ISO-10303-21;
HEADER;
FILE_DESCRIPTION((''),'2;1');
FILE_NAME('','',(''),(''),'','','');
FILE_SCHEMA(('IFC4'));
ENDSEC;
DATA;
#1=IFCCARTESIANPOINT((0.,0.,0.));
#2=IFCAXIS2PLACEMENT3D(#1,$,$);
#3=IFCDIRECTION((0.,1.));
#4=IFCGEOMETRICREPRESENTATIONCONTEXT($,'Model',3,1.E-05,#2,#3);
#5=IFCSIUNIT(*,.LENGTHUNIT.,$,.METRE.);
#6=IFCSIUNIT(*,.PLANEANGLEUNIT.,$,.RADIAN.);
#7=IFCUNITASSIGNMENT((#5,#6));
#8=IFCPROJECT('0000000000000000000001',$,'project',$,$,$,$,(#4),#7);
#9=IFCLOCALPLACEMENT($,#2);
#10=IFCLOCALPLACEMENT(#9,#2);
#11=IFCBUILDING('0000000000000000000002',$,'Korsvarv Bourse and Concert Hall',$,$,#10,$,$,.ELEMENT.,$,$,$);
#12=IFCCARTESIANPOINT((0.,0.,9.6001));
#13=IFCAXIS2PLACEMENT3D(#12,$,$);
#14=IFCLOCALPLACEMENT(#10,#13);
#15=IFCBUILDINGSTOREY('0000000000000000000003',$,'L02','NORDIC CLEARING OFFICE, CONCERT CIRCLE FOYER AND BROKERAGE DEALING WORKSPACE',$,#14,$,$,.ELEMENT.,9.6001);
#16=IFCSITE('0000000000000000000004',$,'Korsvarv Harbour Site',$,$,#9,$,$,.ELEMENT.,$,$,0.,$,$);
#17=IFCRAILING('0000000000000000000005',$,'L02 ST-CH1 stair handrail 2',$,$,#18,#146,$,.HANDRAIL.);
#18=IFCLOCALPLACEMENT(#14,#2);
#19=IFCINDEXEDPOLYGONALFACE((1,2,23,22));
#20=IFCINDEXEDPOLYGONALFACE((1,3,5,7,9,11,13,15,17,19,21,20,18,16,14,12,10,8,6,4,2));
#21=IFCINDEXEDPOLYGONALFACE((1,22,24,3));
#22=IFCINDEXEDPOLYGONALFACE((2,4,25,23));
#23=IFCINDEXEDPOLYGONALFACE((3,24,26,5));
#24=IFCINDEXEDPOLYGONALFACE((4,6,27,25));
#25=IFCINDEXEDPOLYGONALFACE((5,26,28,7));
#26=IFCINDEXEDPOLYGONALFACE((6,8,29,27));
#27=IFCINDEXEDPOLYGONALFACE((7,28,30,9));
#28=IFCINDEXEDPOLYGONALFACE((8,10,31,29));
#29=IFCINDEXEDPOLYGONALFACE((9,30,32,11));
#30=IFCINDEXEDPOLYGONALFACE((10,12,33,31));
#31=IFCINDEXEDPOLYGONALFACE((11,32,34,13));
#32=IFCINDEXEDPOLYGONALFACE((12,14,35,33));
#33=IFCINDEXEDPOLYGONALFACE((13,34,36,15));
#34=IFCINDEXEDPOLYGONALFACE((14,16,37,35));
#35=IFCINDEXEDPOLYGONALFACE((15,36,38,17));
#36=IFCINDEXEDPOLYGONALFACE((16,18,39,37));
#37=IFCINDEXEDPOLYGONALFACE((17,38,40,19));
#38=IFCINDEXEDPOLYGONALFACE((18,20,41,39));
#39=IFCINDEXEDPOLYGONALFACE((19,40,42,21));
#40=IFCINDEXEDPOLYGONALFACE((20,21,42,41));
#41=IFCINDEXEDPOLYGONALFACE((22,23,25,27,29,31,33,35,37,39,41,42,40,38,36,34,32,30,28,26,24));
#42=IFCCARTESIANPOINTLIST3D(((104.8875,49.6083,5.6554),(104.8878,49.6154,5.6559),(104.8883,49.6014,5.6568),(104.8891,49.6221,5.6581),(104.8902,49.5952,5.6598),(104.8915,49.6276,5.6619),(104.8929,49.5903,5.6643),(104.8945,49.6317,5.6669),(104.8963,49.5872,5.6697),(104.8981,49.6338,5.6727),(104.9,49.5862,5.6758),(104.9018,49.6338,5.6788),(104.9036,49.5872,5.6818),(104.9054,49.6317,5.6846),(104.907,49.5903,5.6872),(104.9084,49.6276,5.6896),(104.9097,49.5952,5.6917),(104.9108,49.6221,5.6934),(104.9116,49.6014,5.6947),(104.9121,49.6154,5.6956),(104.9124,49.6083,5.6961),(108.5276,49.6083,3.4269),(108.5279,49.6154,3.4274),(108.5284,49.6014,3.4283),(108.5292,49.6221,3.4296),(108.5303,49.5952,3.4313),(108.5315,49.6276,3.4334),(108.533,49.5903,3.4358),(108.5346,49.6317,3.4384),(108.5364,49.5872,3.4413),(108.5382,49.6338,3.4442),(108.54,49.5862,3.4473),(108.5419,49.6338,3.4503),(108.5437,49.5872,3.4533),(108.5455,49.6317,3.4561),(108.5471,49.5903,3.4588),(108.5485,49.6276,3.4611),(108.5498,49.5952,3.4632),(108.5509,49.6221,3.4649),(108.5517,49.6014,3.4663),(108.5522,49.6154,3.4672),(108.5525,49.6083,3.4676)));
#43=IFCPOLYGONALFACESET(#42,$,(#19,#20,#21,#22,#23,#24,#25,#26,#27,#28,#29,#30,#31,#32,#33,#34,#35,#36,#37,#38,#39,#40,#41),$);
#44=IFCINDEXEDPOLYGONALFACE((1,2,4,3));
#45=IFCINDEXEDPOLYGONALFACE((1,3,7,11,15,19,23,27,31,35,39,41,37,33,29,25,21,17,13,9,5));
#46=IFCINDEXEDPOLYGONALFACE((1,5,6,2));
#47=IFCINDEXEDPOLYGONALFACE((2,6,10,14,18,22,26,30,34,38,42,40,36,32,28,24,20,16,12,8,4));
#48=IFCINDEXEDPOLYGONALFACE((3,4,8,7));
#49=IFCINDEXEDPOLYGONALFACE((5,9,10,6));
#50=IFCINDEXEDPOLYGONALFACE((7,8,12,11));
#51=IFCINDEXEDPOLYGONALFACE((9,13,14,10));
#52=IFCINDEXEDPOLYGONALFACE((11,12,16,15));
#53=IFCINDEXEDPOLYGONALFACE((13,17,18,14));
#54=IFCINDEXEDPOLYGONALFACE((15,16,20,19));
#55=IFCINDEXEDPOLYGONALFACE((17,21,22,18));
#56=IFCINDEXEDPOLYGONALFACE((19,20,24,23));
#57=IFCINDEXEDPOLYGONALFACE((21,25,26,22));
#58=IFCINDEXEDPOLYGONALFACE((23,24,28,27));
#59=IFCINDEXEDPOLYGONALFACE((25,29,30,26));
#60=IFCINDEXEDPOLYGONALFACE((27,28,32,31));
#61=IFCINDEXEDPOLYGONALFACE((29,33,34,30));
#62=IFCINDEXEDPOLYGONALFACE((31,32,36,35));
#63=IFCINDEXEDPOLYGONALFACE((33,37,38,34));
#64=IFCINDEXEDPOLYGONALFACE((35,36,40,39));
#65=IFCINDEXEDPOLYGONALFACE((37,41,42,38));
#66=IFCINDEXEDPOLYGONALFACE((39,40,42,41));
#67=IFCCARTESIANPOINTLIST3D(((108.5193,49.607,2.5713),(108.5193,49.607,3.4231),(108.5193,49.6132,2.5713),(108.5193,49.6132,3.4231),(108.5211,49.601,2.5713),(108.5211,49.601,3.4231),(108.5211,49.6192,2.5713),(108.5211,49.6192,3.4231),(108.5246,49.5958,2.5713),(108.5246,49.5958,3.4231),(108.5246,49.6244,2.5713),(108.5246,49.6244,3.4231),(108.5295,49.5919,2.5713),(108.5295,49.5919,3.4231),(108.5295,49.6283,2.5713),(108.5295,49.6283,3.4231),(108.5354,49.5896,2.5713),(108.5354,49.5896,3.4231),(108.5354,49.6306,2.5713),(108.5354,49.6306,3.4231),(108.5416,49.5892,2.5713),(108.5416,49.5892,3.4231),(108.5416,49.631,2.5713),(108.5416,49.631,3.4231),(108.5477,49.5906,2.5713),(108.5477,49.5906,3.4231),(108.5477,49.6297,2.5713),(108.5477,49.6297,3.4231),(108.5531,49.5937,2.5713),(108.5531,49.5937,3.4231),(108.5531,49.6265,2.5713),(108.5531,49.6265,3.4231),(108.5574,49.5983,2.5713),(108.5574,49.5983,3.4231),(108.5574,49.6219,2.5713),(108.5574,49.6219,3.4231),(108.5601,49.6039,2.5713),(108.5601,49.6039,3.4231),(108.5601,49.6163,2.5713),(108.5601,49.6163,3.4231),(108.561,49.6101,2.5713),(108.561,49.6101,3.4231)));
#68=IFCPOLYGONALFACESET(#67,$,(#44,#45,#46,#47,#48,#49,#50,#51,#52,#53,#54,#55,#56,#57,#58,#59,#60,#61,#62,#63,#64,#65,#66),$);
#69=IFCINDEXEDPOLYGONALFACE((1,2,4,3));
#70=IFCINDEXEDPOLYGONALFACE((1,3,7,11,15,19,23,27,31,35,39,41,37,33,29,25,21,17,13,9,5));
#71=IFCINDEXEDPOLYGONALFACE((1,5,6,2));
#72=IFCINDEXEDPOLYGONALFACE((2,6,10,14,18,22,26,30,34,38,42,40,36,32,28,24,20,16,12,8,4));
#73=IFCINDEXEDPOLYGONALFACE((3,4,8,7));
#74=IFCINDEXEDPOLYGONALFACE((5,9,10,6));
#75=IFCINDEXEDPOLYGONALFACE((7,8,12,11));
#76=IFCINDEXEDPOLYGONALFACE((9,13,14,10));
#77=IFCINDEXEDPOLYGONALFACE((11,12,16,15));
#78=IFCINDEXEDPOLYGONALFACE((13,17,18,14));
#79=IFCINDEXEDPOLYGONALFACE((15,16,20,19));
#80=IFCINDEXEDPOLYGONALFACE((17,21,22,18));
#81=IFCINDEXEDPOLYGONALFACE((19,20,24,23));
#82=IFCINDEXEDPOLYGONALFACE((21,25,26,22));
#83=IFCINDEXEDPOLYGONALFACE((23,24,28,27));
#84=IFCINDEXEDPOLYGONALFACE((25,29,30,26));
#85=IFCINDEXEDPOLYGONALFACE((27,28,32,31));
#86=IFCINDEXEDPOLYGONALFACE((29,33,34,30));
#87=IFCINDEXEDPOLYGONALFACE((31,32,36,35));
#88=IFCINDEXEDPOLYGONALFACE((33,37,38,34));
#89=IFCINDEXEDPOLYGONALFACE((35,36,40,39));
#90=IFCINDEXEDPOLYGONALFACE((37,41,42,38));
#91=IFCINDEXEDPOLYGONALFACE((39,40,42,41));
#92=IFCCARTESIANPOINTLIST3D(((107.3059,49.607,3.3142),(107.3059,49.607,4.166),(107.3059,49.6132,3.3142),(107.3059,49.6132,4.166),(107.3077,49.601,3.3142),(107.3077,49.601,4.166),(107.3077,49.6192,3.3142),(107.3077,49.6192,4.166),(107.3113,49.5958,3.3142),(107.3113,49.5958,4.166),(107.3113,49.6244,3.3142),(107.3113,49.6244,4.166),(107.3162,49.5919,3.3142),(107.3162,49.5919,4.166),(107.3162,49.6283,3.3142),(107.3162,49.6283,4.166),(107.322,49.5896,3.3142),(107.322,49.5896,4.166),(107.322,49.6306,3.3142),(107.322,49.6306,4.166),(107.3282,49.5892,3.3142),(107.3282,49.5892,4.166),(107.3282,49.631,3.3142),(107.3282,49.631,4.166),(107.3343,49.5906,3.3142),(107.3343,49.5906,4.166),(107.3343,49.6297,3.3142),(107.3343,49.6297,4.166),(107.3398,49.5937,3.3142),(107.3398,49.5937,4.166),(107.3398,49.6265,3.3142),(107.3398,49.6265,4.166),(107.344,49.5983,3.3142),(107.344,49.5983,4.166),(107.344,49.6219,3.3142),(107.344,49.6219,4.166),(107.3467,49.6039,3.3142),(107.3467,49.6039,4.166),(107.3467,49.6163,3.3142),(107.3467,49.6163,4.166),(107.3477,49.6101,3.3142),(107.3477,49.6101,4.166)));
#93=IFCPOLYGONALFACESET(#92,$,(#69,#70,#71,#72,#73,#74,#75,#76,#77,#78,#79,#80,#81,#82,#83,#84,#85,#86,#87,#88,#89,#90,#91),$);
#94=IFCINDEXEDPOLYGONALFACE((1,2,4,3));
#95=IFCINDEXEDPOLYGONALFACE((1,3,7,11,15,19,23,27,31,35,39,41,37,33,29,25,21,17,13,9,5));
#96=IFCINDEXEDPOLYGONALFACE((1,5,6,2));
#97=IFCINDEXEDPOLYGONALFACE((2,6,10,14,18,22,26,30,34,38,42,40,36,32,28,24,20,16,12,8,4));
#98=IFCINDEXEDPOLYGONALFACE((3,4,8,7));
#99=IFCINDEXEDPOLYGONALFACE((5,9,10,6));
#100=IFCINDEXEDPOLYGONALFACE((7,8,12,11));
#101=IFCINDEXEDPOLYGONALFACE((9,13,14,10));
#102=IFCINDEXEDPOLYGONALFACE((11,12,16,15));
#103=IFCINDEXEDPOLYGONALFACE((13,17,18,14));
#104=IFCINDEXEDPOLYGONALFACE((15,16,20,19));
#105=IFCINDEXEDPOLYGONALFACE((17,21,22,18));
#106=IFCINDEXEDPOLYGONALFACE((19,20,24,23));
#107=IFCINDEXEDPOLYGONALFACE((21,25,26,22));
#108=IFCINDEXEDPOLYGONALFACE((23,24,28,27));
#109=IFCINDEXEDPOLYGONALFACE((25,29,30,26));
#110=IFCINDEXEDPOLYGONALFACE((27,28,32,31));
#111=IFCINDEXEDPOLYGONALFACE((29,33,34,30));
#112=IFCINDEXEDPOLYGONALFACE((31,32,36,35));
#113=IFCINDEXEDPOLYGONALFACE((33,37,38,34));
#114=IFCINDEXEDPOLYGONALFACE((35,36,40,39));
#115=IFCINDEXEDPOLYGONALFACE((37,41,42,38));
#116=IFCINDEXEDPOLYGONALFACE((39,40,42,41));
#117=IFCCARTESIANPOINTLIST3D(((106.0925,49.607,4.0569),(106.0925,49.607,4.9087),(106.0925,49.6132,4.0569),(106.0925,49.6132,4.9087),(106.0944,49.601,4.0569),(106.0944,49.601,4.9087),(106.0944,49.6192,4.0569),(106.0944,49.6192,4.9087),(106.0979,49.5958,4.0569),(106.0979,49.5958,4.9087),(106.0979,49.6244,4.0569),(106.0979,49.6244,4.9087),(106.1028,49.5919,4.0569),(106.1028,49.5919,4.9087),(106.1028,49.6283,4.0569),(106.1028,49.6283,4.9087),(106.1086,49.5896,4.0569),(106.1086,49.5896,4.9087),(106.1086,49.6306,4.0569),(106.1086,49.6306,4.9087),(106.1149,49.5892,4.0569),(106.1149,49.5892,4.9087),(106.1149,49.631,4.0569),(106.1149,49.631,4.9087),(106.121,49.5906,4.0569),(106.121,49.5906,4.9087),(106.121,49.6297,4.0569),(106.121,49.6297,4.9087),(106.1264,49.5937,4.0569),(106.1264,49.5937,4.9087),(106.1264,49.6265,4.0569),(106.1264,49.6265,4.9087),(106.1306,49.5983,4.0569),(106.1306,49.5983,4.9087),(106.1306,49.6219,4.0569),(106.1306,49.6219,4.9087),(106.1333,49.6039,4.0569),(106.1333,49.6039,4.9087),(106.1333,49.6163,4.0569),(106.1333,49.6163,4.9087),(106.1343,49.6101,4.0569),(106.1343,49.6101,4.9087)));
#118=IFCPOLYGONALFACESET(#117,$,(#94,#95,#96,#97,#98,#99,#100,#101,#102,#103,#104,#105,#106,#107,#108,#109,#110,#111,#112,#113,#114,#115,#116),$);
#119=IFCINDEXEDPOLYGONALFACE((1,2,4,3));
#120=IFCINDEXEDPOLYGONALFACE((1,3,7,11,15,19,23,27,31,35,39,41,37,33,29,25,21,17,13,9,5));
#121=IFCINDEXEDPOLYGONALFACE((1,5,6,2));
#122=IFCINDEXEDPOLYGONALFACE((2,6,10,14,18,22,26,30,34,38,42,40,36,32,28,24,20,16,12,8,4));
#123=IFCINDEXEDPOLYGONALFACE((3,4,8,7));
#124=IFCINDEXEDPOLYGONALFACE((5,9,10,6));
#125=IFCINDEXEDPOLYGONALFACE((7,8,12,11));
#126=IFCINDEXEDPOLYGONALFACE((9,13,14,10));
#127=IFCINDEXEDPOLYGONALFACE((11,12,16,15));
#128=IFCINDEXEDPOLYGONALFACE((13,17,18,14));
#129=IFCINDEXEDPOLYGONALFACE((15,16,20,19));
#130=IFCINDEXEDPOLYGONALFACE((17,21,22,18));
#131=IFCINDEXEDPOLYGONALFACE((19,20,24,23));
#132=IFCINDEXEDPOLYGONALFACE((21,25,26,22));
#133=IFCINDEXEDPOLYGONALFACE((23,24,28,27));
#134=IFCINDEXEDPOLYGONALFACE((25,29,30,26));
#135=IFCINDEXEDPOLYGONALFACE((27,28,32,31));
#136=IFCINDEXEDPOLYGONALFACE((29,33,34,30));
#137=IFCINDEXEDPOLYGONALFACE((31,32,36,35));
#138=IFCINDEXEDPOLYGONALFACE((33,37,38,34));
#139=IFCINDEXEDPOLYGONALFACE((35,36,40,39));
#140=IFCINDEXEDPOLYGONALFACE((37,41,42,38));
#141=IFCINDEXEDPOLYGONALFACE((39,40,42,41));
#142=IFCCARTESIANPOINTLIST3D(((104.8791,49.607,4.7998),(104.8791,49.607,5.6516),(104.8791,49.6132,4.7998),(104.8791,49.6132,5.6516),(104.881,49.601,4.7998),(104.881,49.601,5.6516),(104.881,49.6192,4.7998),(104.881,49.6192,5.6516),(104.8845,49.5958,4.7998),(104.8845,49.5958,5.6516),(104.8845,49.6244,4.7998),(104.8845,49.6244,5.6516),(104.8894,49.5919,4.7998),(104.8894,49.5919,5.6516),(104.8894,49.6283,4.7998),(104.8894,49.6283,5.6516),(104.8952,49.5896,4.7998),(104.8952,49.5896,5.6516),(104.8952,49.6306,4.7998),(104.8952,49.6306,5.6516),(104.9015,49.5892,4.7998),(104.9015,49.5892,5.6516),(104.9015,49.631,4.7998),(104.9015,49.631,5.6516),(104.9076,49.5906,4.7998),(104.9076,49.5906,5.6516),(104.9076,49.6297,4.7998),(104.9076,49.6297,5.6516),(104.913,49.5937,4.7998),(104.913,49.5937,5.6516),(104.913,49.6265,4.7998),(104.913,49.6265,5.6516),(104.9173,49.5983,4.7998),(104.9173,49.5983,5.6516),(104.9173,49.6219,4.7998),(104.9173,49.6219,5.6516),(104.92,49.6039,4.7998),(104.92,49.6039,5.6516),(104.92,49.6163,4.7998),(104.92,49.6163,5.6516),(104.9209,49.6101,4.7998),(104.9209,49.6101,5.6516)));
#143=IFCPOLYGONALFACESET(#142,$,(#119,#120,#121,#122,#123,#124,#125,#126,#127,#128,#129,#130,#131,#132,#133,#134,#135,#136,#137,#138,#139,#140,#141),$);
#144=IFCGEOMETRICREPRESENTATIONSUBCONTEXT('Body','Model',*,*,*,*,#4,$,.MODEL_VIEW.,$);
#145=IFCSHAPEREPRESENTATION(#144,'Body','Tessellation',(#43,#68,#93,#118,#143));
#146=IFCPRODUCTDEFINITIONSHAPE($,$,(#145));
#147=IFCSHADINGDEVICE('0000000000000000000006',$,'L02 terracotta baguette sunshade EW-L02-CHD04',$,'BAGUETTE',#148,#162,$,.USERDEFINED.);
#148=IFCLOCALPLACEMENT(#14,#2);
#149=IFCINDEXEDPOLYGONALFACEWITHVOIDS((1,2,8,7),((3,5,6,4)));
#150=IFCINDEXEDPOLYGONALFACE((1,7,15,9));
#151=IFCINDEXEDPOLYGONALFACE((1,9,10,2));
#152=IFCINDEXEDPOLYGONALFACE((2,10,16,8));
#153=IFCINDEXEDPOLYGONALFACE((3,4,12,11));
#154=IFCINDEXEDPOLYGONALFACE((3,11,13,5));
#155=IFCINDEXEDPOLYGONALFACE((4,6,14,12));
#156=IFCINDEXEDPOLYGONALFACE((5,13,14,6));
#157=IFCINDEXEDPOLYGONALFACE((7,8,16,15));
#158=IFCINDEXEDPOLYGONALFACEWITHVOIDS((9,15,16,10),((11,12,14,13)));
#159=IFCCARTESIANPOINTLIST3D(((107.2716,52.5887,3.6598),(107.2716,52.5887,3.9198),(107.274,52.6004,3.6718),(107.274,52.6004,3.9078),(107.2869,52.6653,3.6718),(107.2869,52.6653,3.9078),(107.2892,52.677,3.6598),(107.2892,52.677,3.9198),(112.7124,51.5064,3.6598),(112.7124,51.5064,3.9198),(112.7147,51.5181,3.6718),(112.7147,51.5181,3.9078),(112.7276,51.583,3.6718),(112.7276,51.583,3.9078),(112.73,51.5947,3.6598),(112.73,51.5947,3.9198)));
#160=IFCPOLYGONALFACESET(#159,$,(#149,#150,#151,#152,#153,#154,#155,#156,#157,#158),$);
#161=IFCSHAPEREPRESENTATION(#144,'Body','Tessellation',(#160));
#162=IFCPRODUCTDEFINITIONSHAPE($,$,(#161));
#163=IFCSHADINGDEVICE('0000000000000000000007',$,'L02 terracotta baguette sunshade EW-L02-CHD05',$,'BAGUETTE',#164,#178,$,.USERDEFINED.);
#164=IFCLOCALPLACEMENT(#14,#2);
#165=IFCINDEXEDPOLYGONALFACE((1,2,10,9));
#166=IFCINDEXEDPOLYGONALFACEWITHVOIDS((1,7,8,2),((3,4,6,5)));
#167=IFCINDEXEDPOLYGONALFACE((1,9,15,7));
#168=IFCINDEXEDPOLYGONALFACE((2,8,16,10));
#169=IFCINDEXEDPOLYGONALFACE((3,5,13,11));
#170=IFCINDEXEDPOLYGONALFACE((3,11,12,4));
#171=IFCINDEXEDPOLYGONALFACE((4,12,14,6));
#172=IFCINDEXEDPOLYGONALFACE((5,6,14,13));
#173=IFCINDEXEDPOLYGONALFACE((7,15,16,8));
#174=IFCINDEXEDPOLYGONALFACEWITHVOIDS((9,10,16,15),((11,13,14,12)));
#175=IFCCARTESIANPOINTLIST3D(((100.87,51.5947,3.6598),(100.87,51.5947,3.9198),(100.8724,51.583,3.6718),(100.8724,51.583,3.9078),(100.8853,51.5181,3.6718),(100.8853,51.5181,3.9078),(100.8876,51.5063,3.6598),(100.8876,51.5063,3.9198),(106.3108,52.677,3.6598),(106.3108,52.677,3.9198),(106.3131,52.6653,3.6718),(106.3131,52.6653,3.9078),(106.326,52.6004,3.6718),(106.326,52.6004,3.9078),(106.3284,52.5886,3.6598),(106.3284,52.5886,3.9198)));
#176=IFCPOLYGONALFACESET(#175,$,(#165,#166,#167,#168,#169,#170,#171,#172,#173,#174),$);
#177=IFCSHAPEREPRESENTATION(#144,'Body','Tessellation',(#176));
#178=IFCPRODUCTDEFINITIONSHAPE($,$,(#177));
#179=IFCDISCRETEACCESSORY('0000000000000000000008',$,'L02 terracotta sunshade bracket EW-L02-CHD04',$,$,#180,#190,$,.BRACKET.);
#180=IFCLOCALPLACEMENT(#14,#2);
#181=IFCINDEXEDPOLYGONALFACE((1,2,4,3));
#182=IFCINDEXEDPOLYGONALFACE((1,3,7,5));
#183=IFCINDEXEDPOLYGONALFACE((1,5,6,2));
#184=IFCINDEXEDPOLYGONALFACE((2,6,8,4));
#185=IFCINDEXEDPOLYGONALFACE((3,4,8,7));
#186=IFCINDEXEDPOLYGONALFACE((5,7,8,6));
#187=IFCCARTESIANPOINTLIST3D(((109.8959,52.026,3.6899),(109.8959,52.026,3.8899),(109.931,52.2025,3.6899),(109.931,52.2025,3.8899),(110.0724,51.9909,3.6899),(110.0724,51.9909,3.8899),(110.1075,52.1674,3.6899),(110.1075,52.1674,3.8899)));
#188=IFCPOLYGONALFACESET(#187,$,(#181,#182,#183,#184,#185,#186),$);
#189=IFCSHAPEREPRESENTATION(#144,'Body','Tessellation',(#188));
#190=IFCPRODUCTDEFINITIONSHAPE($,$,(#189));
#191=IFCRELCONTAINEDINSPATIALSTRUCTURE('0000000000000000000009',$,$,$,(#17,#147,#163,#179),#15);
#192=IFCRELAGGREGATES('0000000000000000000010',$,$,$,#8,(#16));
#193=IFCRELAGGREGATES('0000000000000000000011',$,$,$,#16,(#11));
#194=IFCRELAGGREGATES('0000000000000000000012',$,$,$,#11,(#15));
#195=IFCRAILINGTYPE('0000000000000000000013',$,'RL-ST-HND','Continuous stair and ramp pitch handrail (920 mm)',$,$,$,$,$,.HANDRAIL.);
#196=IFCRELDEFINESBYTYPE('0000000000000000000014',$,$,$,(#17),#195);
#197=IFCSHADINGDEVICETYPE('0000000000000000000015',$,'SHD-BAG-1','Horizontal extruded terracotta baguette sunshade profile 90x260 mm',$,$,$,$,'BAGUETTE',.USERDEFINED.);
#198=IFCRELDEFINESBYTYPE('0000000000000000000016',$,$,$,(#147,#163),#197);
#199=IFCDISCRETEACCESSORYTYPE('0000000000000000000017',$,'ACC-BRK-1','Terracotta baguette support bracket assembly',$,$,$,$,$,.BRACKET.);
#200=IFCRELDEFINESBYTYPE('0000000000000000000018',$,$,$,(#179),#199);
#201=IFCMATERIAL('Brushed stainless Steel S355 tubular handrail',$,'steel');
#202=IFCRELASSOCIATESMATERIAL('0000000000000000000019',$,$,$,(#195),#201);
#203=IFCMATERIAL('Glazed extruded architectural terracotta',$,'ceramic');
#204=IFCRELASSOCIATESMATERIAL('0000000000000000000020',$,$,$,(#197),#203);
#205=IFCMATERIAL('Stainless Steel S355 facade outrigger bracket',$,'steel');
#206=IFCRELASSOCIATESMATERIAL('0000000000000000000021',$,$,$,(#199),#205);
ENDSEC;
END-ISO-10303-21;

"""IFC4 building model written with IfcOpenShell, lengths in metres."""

from ifc_helpers import new_model, si_unit, direction, frame, origin, origin_2d, place, context, subcontext, project, spatial, rectangle, hollow_rectangle, circle, extrude, source, transform, mapped, material, material_profile, profile_set, type_object, element, save


model = new_model("IFC4")

# Units and contexts
model_context = context("Model", 3, precision=1e-05, world=origin(), true_north=direction((0.0, 1.0)))
body_context = subcontext(model_context, "Body", "Model", "MODEL_VIEW")
ifc_project = project(units=[si_unit("LENGTHUNIT", "METRE"), si_unit("PLANEANGLEUNIT", "RADIAN")], contexts=[model_context])

# Site, building, storey
site_placement = place(None, origin())
site = spatial("IfcSite", under=ifc_project, at=site_placement, Name="Korsvarv Harbour Site", CompositionType="ELEMENT", RefElevation=0.0)
building_placement = place(site_placement, origin())
building = spatial("IfcBuilding", under=site, at=building_placement, Name="Korsvarv Bourse and Concert Hall", CompositionType="ELEMENT")
storey_placement = place(building_placement, frame((0.0, 0.0, 9.6001)))
storey = spatial("IfcBuildingStorey", under=building, at=storey_placement, Name="L02", Description="NORDIC CLEARING OFFICE, CONCERT CIRCLE FOYER AND BROKERAGE DEALING WORKSPACE", CompositionType="ELEMENT", Elevation=9.6001)

# Railing
ifc_material_1 = material(Name="Brushed stainless Steel S355 tubular handrail", Category="steel")
railing_type_1 = type_object("IfcRailingType", Name="RL-ST-HND", Description="Continuous stair and ramp pitch handrail (920 mm)", PredefinedType="HANDRAIL", material=ifc_material_1)
railing_1_placement = place(storey_placement, frame((108.54, 49.6101, 2.5713)))
element("IfcRailing", 1, at=railing_1_placement, inside=storey, type_object=railing_type_1, Name="L02 ST-CH1 stair handrail 2", PredefinedType="HANDRAIL", context=body_context, shape_type="SweptSolid", body=[
    extrude(circle(Radius=0.0239, at=origin_2d()), frame((0.0, 0.0, 0.876), z_axis=(-0.852866, 0.0, 0.52213), x_axis=(0.0, -1.0, 0.0)), (0.0, 0.0, 1.0), 4.2681),
    extrude(circle(Radius=0.021, at=origin_2d()), origin(), (0.0, 0.0, 1.0), 0.8518),
    extrude(circle(Radius=0.021, at=origin_2d()), frame((-1.2134, 0.0, 0.7429)), (0.0, 0.0, 1.0), 0.8518),
    extrude(circle(Radius=0.021, at=origin_2d()), frame((-2.4268, 0.0, 1.4856)), (0.0, 0.0, 1.0), 0.8518),
    extrude(circle(Radius=0.021, at=origin_2d()), frame((-3.6401, 0.0, 2.2285)), (0.0, 0.0, 1.0), 0.8518),
])

# Shading devices
ifc_material_2 = material(Name="Glazed extruded architectural terracotta", Category="ceramic")
ifc_material_profile_1 = material_profile(ifc_material_2, hollow_rectangle(XDim=0.0901, YDim=0.26, WallThickness=0.012, at=origin_2d()), Name="TC-BAG 90x260")
ifc_profile_set_1 = profile_set([ifc_material_profile_1], Name="Glazed extruded architectural terracotta")
shading_device_type = type_object("IfcShadingDeviceType", Name="SHD-BAG-1", Description="Horizontal extruded terracotta baguette sunshade profile 90x260 mm", ElementType="BAGUETTE", PredefinedType="USERDEFINED", material=ifc_profile_set_1)
shared_shape_1 = source(origin(), body_context, "Body", "SweptSolid", [
    extrude(hollow_rectangle(XDim=0.0901, YDim=0.26, WallThickness=0.012, at=origin_2d()), origin(), (0.0, 0.0, 1.0), 5.5474),
])
for number, where, z_axis, x_axis, name in (
    (2, (112.7212, 51.5505, 3.7898), (-0.980783, 0.1951, 0.0), (-0.1951, -0.980783, 0.0), "L02 terracotta baguette sunshade EW-L02-CHD04"),
    (3, (106.3196, 52.6328, 3.7898), (-0.980783, -0.1951, 0.0), (0.1951, -0.980783, 0.0), "L02 terracotta baguette sunshade EW-L02-CHD05"),
):
    element("IfcShadingDevice", number, at=place(storey_placement, frame(where, z_axis=z_axis, x_axis=x_axis)), inside=storey, type_object=shading_device_type, Name=name, ObjectType="BAGUETTE", PredefinedType="USERDEFINED", context=body_context, shape_type="MappedRepresentation", body=[
        mapped(shared_shape_1, transform((0.0, 0.0, 0.0), scale=1.0)),
    ])

# Discrete accessory
ifc_material_3 = material(Name="Stainless Steel S355 facade outrigger bracket", Category="steel")
discrete_accessory_type = type_object("IfcDiscreteAccessoryType", Name="ACC-BRK-1", Description="Terracotta baguette support bracket assembly", PredefinedType="BRACKET", material=ifc_material_3)
shared_shape_2 = source(origin(), body_context, "Body", "SweptSolid", [
    extrude(rectangle(XDim=0.1799, YDim=0.1799, at=origin_2d()), origin(), (0.0, 0.0, 1.0), 0.2),
])
discrete_accessory_placement = place(storey_placement, frame((110.0017, 52.0967, 3.6899), z_axis=(0.0, 0.0, 1.0), x_axis=(-0.980785, 0.19509, 0.0)))
element("IfcDiscreteAccessory", 4, at=discrete_accessory_placement, inside=storey, type_object=discrete_accessory_type, Name="L02 terracotta sunshade bracket EW-L02-CHD04", PredefinedType="BRACKET", context=body_context, shape_type="MappedRepresentation", body=[
    mapped(shared_shape_2, transform((0.0, 0.0, 0.0), scale=1.0)),
])

save(model, "model.ifc")
